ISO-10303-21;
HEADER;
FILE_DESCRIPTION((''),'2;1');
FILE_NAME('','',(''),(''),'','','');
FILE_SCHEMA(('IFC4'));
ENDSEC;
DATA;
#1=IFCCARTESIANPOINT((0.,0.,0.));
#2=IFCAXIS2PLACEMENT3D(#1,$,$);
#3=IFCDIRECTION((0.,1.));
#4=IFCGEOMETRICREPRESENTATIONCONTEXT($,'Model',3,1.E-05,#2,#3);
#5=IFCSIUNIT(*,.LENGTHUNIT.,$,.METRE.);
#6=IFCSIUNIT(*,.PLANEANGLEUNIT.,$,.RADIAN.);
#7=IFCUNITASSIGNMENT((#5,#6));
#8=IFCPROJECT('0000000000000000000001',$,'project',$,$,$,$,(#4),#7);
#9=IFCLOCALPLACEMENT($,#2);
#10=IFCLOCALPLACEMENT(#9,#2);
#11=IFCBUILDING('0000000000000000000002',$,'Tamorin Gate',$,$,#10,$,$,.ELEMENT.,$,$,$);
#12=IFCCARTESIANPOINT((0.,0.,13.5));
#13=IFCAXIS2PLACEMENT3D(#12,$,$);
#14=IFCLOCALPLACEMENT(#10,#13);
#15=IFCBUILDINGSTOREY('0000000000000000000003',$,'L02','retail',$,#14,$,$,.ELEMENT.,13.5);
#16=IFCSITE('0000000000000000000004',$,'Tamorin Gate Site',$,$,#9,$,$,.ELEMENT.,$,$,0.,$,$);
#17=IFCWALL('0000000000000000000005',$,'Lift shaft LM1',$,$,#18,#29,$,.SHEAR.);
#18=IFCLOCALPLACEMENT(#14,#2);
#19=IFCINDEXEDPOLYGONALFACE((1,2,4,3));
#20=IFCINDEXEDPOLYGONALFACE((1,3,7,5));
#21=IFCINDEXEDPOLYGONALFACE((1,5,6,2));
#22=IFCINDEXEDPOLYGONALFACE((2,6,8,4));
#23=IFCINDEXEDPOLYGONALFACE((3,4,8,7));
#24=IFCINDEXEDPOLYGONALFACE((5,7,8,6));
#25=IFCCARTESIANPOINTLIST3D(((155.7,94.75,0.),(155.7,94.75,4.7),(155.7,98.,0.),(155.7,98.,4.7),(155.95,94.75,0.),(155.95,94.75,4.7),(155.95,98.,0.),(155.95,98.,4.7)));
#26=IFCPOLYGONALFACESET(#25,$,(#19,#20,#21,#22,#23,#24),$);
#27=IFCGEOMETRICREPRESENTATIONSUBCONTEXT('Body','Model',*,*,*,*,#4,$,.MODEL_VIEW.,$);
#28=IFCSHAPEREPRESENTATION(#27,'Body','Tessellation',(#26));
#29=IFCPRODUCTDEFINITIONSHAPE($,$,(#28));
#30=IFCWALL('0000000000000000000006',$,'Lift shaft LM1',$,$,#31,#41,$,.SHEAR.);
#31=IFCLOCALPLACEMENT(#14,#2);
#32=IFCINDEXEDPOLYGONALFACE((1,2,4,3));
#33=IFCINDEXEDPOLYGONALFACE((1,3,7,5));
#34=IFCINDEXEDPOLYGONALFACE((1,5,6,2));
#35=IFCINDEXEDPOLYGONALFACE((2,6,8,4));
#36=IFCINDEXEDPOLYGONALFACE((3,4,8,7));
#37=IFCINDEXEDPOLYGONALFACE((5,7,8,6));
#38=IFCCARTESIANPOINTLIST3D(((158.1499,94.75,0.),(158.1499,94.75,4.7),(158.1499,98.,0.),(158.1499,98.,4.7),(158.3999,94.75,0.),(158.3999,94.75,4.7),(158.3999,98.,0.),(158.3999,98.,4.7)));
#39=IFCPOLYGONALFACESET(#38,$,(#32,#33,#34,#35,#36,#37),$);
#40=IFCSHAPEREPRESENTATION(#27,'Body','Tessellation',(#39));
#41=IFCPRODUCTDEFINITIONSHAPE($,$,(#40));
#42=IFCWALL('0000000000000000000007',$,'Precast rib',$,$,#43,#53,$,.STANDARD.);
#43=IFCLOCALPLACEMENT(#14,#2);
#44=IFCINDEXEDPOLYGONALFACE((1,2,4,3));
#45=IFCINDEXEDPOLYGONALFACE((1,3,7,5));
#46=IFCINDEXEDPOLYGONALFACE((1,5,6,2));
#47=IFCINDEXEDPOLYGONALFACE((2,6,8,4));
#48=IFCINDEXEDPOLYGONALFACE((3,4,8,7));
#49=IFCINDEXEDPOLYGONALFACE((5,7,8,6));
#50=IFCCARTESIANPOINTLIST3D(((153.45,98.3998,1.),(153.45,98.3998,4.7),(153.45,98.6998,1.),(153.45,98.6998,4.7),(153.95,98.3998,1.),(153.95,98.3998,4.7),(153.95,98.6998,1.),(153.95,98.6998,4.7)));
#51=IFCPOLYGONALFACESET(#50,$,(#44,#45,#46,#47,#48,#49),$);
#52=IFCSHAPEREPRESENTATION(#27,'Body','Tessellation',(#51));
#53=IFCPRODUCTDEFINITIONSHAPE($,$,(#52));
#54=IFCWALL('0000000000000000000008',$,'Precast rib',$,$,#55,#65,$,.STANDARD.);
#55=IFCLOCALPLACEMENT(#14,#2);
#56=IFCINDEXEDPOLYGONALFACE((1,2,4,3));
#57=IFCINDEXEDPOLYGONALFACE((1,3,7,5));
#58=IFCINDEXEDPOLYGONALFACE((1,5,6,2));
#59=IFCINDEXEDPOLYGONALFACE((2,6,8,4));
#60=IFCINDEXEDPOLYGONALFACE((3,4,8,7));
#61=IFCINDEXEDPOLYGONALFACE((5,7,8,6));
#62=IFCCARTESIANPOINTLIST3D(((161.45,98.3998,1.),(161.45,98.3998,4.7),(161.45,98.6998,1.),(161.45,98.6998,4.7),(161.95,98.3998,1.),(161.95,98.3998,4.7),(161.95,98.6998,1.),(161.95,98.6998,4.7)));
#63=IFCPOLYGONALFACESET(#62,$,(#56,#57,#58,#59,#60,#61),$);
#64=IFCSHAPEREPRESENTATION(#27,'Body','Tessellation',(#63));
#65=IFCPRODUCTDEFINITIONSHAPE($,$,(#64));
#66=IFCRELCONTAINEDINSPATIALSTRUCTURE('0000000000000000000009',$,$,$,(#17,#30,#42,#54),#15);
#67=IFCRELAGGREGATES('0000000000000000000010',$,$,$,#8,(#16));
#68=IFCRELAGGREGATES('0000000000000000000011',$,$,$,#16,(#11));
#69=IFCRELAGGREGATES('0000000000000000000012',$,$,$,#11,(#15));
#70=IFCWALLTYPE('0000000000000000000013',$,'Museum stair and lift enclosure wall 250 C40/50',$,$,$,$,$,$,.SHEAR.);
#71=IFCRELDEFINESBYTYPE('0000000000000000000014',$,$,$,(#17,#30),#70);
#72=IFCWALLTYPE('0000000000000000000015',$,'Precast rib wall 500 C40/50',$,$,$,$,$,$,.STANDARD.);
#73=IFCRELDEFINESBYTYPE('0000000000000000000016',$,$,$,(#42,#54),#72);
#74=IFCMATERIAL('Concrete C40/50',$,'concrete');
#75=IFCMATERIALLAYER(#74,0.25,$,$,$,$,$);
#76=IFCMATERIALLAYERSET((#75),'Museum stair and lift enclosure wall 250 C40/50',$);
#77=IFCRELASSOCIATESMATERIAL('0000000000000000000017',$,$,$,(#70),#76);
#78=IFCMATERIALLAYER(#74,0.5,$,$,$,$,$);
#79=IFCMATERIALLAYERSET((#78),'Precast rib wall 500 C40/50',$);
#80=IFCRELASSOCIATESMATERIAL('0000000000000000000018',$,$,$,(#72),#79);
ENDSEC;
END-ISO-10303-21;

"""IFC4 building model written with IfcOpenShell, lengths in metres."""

from ifc_helpers import new_model, si_unit, direction, frame, frame_2d, origin, place, context, subcontext, project, spatial, rectangle, extrude, material, layer, layer_set, type_object, element, save


model = new_model("IFC4")

# Units and contexts
model_context = context("Model", 3, precision=1e-05, world=origin(), true_north=direction((0.0, 1.0)))
body_context = subcontext(model_context, "Body", "Model", "MODEL_VIEW")
ifc_project = project(units=[si_unit("LENGTHUNIT", "METRE"), si_unit("PLANEANGLEUNIT", "RADIAN")], contexts=[model_context])

# Site, building, storey
site_placement = place(None, origin())
site = spatial("IfcSite", under=ifc_project, at=site_placement, Name="Tamorin Gate Site", CompositionType="ELEMENT", RefElevation=0.0)
building_placement = place(site_placement, origin())
building = spatial("IfcBuilding", under=site, at=building_placement, Name="Tamorin Gate", CompositionType="ELEMENT")
storey_placement = place(building_placement, frame((0.0, 0.0, 13.5)))
storey = spatial("IfcBuildingStorey", under=building, at=storey_placement, Name="L02", Description="retail", CompositionType="ELEMENT", Elevation=13.5)

# Shared definitions
ifc_material_1 = material(Name="Concrete C40/50", Category="concrete")
ifc_layer_1 = layer(ifc_material_1, 0.25)
ifc_layer_set_1 = layer_set([ifc_layer_1], Name="Museum stair and lift enclosure wall 250 C40/50")
wall_type_1 = type_object("IfcWallType", Name="Museum stair and lift enclosure wall 250 C40/50", PredefinedType="SHEAR", material=ifc_layer_set_1)

# Walls
for number, where, z_axis, x_axis, name in (
    (1, (155.825, 94.75, 0.0), (0.0, 0.0, 1.0), (0.0, 1.0, 0.0), "Lift shaft LM1"),
    (2, (158.2749, 94.75, 0.0), (0.0, 0.0, 1.0), (0.0, 1.0, 0.0), "Lift shaft LM1"),
):
    element("IfcWall", number, at=place(storey_placement, frame(where, z_axis=z_axis, x_axis=x_axis)), inside=storey, type_object=wall_type_1, Name=name, PredefinedType="SHEAR", context=body_context, shape_type="SweptSolid", body=[
        extrude(rectangle(XDim=3.25, YDim=0.25, at=frame_2d((1.625, 0.0))), origin(), (0.0, 0.0, 1.0), 4.7),
    ])
ifc_layer_2 = layer(ifc_material_1, 0.5)
ifc_layer_set_2 = layer_set([ifc_layer_2], Name="Precast rib wall 500 C40/50")
wall_type_2 = type_object("IfcWallType", Name="Precast rib wall 500 C40/50", PredefinedType="STANDARD", material=ifc_layer_set_2)
for number, where, z_axis, x_axis, name in (
    (3, (153.7, 98.3999, 1.0), (0.0, 0.0, 1.0), (0.0, 1.0, 0.0), "Precast rib"),
    (4, (161.7, 98.3999, 1.0), (0.0, 0.0, 1.0), (0.0, 1.0, 0.0), "Precast rib"),
):
    element("IfcWall", number, at=place(storey_placement, frame(where, z_axis=z_axis, x_axis=x_axis)), inside=storey, type_object=wall_type_2, Name=name, PredefinedType="STANDARD", context=body_context, shape_type="SweptSolid", body=[
        extrude(rectangle(XDim=0.3, YDim=0.5, at=frame_2d((0.1499, 0.0))), origin(), (0.0, 0.0, 1.0), 3.7),
    ])

save(model, "model.ifc")
